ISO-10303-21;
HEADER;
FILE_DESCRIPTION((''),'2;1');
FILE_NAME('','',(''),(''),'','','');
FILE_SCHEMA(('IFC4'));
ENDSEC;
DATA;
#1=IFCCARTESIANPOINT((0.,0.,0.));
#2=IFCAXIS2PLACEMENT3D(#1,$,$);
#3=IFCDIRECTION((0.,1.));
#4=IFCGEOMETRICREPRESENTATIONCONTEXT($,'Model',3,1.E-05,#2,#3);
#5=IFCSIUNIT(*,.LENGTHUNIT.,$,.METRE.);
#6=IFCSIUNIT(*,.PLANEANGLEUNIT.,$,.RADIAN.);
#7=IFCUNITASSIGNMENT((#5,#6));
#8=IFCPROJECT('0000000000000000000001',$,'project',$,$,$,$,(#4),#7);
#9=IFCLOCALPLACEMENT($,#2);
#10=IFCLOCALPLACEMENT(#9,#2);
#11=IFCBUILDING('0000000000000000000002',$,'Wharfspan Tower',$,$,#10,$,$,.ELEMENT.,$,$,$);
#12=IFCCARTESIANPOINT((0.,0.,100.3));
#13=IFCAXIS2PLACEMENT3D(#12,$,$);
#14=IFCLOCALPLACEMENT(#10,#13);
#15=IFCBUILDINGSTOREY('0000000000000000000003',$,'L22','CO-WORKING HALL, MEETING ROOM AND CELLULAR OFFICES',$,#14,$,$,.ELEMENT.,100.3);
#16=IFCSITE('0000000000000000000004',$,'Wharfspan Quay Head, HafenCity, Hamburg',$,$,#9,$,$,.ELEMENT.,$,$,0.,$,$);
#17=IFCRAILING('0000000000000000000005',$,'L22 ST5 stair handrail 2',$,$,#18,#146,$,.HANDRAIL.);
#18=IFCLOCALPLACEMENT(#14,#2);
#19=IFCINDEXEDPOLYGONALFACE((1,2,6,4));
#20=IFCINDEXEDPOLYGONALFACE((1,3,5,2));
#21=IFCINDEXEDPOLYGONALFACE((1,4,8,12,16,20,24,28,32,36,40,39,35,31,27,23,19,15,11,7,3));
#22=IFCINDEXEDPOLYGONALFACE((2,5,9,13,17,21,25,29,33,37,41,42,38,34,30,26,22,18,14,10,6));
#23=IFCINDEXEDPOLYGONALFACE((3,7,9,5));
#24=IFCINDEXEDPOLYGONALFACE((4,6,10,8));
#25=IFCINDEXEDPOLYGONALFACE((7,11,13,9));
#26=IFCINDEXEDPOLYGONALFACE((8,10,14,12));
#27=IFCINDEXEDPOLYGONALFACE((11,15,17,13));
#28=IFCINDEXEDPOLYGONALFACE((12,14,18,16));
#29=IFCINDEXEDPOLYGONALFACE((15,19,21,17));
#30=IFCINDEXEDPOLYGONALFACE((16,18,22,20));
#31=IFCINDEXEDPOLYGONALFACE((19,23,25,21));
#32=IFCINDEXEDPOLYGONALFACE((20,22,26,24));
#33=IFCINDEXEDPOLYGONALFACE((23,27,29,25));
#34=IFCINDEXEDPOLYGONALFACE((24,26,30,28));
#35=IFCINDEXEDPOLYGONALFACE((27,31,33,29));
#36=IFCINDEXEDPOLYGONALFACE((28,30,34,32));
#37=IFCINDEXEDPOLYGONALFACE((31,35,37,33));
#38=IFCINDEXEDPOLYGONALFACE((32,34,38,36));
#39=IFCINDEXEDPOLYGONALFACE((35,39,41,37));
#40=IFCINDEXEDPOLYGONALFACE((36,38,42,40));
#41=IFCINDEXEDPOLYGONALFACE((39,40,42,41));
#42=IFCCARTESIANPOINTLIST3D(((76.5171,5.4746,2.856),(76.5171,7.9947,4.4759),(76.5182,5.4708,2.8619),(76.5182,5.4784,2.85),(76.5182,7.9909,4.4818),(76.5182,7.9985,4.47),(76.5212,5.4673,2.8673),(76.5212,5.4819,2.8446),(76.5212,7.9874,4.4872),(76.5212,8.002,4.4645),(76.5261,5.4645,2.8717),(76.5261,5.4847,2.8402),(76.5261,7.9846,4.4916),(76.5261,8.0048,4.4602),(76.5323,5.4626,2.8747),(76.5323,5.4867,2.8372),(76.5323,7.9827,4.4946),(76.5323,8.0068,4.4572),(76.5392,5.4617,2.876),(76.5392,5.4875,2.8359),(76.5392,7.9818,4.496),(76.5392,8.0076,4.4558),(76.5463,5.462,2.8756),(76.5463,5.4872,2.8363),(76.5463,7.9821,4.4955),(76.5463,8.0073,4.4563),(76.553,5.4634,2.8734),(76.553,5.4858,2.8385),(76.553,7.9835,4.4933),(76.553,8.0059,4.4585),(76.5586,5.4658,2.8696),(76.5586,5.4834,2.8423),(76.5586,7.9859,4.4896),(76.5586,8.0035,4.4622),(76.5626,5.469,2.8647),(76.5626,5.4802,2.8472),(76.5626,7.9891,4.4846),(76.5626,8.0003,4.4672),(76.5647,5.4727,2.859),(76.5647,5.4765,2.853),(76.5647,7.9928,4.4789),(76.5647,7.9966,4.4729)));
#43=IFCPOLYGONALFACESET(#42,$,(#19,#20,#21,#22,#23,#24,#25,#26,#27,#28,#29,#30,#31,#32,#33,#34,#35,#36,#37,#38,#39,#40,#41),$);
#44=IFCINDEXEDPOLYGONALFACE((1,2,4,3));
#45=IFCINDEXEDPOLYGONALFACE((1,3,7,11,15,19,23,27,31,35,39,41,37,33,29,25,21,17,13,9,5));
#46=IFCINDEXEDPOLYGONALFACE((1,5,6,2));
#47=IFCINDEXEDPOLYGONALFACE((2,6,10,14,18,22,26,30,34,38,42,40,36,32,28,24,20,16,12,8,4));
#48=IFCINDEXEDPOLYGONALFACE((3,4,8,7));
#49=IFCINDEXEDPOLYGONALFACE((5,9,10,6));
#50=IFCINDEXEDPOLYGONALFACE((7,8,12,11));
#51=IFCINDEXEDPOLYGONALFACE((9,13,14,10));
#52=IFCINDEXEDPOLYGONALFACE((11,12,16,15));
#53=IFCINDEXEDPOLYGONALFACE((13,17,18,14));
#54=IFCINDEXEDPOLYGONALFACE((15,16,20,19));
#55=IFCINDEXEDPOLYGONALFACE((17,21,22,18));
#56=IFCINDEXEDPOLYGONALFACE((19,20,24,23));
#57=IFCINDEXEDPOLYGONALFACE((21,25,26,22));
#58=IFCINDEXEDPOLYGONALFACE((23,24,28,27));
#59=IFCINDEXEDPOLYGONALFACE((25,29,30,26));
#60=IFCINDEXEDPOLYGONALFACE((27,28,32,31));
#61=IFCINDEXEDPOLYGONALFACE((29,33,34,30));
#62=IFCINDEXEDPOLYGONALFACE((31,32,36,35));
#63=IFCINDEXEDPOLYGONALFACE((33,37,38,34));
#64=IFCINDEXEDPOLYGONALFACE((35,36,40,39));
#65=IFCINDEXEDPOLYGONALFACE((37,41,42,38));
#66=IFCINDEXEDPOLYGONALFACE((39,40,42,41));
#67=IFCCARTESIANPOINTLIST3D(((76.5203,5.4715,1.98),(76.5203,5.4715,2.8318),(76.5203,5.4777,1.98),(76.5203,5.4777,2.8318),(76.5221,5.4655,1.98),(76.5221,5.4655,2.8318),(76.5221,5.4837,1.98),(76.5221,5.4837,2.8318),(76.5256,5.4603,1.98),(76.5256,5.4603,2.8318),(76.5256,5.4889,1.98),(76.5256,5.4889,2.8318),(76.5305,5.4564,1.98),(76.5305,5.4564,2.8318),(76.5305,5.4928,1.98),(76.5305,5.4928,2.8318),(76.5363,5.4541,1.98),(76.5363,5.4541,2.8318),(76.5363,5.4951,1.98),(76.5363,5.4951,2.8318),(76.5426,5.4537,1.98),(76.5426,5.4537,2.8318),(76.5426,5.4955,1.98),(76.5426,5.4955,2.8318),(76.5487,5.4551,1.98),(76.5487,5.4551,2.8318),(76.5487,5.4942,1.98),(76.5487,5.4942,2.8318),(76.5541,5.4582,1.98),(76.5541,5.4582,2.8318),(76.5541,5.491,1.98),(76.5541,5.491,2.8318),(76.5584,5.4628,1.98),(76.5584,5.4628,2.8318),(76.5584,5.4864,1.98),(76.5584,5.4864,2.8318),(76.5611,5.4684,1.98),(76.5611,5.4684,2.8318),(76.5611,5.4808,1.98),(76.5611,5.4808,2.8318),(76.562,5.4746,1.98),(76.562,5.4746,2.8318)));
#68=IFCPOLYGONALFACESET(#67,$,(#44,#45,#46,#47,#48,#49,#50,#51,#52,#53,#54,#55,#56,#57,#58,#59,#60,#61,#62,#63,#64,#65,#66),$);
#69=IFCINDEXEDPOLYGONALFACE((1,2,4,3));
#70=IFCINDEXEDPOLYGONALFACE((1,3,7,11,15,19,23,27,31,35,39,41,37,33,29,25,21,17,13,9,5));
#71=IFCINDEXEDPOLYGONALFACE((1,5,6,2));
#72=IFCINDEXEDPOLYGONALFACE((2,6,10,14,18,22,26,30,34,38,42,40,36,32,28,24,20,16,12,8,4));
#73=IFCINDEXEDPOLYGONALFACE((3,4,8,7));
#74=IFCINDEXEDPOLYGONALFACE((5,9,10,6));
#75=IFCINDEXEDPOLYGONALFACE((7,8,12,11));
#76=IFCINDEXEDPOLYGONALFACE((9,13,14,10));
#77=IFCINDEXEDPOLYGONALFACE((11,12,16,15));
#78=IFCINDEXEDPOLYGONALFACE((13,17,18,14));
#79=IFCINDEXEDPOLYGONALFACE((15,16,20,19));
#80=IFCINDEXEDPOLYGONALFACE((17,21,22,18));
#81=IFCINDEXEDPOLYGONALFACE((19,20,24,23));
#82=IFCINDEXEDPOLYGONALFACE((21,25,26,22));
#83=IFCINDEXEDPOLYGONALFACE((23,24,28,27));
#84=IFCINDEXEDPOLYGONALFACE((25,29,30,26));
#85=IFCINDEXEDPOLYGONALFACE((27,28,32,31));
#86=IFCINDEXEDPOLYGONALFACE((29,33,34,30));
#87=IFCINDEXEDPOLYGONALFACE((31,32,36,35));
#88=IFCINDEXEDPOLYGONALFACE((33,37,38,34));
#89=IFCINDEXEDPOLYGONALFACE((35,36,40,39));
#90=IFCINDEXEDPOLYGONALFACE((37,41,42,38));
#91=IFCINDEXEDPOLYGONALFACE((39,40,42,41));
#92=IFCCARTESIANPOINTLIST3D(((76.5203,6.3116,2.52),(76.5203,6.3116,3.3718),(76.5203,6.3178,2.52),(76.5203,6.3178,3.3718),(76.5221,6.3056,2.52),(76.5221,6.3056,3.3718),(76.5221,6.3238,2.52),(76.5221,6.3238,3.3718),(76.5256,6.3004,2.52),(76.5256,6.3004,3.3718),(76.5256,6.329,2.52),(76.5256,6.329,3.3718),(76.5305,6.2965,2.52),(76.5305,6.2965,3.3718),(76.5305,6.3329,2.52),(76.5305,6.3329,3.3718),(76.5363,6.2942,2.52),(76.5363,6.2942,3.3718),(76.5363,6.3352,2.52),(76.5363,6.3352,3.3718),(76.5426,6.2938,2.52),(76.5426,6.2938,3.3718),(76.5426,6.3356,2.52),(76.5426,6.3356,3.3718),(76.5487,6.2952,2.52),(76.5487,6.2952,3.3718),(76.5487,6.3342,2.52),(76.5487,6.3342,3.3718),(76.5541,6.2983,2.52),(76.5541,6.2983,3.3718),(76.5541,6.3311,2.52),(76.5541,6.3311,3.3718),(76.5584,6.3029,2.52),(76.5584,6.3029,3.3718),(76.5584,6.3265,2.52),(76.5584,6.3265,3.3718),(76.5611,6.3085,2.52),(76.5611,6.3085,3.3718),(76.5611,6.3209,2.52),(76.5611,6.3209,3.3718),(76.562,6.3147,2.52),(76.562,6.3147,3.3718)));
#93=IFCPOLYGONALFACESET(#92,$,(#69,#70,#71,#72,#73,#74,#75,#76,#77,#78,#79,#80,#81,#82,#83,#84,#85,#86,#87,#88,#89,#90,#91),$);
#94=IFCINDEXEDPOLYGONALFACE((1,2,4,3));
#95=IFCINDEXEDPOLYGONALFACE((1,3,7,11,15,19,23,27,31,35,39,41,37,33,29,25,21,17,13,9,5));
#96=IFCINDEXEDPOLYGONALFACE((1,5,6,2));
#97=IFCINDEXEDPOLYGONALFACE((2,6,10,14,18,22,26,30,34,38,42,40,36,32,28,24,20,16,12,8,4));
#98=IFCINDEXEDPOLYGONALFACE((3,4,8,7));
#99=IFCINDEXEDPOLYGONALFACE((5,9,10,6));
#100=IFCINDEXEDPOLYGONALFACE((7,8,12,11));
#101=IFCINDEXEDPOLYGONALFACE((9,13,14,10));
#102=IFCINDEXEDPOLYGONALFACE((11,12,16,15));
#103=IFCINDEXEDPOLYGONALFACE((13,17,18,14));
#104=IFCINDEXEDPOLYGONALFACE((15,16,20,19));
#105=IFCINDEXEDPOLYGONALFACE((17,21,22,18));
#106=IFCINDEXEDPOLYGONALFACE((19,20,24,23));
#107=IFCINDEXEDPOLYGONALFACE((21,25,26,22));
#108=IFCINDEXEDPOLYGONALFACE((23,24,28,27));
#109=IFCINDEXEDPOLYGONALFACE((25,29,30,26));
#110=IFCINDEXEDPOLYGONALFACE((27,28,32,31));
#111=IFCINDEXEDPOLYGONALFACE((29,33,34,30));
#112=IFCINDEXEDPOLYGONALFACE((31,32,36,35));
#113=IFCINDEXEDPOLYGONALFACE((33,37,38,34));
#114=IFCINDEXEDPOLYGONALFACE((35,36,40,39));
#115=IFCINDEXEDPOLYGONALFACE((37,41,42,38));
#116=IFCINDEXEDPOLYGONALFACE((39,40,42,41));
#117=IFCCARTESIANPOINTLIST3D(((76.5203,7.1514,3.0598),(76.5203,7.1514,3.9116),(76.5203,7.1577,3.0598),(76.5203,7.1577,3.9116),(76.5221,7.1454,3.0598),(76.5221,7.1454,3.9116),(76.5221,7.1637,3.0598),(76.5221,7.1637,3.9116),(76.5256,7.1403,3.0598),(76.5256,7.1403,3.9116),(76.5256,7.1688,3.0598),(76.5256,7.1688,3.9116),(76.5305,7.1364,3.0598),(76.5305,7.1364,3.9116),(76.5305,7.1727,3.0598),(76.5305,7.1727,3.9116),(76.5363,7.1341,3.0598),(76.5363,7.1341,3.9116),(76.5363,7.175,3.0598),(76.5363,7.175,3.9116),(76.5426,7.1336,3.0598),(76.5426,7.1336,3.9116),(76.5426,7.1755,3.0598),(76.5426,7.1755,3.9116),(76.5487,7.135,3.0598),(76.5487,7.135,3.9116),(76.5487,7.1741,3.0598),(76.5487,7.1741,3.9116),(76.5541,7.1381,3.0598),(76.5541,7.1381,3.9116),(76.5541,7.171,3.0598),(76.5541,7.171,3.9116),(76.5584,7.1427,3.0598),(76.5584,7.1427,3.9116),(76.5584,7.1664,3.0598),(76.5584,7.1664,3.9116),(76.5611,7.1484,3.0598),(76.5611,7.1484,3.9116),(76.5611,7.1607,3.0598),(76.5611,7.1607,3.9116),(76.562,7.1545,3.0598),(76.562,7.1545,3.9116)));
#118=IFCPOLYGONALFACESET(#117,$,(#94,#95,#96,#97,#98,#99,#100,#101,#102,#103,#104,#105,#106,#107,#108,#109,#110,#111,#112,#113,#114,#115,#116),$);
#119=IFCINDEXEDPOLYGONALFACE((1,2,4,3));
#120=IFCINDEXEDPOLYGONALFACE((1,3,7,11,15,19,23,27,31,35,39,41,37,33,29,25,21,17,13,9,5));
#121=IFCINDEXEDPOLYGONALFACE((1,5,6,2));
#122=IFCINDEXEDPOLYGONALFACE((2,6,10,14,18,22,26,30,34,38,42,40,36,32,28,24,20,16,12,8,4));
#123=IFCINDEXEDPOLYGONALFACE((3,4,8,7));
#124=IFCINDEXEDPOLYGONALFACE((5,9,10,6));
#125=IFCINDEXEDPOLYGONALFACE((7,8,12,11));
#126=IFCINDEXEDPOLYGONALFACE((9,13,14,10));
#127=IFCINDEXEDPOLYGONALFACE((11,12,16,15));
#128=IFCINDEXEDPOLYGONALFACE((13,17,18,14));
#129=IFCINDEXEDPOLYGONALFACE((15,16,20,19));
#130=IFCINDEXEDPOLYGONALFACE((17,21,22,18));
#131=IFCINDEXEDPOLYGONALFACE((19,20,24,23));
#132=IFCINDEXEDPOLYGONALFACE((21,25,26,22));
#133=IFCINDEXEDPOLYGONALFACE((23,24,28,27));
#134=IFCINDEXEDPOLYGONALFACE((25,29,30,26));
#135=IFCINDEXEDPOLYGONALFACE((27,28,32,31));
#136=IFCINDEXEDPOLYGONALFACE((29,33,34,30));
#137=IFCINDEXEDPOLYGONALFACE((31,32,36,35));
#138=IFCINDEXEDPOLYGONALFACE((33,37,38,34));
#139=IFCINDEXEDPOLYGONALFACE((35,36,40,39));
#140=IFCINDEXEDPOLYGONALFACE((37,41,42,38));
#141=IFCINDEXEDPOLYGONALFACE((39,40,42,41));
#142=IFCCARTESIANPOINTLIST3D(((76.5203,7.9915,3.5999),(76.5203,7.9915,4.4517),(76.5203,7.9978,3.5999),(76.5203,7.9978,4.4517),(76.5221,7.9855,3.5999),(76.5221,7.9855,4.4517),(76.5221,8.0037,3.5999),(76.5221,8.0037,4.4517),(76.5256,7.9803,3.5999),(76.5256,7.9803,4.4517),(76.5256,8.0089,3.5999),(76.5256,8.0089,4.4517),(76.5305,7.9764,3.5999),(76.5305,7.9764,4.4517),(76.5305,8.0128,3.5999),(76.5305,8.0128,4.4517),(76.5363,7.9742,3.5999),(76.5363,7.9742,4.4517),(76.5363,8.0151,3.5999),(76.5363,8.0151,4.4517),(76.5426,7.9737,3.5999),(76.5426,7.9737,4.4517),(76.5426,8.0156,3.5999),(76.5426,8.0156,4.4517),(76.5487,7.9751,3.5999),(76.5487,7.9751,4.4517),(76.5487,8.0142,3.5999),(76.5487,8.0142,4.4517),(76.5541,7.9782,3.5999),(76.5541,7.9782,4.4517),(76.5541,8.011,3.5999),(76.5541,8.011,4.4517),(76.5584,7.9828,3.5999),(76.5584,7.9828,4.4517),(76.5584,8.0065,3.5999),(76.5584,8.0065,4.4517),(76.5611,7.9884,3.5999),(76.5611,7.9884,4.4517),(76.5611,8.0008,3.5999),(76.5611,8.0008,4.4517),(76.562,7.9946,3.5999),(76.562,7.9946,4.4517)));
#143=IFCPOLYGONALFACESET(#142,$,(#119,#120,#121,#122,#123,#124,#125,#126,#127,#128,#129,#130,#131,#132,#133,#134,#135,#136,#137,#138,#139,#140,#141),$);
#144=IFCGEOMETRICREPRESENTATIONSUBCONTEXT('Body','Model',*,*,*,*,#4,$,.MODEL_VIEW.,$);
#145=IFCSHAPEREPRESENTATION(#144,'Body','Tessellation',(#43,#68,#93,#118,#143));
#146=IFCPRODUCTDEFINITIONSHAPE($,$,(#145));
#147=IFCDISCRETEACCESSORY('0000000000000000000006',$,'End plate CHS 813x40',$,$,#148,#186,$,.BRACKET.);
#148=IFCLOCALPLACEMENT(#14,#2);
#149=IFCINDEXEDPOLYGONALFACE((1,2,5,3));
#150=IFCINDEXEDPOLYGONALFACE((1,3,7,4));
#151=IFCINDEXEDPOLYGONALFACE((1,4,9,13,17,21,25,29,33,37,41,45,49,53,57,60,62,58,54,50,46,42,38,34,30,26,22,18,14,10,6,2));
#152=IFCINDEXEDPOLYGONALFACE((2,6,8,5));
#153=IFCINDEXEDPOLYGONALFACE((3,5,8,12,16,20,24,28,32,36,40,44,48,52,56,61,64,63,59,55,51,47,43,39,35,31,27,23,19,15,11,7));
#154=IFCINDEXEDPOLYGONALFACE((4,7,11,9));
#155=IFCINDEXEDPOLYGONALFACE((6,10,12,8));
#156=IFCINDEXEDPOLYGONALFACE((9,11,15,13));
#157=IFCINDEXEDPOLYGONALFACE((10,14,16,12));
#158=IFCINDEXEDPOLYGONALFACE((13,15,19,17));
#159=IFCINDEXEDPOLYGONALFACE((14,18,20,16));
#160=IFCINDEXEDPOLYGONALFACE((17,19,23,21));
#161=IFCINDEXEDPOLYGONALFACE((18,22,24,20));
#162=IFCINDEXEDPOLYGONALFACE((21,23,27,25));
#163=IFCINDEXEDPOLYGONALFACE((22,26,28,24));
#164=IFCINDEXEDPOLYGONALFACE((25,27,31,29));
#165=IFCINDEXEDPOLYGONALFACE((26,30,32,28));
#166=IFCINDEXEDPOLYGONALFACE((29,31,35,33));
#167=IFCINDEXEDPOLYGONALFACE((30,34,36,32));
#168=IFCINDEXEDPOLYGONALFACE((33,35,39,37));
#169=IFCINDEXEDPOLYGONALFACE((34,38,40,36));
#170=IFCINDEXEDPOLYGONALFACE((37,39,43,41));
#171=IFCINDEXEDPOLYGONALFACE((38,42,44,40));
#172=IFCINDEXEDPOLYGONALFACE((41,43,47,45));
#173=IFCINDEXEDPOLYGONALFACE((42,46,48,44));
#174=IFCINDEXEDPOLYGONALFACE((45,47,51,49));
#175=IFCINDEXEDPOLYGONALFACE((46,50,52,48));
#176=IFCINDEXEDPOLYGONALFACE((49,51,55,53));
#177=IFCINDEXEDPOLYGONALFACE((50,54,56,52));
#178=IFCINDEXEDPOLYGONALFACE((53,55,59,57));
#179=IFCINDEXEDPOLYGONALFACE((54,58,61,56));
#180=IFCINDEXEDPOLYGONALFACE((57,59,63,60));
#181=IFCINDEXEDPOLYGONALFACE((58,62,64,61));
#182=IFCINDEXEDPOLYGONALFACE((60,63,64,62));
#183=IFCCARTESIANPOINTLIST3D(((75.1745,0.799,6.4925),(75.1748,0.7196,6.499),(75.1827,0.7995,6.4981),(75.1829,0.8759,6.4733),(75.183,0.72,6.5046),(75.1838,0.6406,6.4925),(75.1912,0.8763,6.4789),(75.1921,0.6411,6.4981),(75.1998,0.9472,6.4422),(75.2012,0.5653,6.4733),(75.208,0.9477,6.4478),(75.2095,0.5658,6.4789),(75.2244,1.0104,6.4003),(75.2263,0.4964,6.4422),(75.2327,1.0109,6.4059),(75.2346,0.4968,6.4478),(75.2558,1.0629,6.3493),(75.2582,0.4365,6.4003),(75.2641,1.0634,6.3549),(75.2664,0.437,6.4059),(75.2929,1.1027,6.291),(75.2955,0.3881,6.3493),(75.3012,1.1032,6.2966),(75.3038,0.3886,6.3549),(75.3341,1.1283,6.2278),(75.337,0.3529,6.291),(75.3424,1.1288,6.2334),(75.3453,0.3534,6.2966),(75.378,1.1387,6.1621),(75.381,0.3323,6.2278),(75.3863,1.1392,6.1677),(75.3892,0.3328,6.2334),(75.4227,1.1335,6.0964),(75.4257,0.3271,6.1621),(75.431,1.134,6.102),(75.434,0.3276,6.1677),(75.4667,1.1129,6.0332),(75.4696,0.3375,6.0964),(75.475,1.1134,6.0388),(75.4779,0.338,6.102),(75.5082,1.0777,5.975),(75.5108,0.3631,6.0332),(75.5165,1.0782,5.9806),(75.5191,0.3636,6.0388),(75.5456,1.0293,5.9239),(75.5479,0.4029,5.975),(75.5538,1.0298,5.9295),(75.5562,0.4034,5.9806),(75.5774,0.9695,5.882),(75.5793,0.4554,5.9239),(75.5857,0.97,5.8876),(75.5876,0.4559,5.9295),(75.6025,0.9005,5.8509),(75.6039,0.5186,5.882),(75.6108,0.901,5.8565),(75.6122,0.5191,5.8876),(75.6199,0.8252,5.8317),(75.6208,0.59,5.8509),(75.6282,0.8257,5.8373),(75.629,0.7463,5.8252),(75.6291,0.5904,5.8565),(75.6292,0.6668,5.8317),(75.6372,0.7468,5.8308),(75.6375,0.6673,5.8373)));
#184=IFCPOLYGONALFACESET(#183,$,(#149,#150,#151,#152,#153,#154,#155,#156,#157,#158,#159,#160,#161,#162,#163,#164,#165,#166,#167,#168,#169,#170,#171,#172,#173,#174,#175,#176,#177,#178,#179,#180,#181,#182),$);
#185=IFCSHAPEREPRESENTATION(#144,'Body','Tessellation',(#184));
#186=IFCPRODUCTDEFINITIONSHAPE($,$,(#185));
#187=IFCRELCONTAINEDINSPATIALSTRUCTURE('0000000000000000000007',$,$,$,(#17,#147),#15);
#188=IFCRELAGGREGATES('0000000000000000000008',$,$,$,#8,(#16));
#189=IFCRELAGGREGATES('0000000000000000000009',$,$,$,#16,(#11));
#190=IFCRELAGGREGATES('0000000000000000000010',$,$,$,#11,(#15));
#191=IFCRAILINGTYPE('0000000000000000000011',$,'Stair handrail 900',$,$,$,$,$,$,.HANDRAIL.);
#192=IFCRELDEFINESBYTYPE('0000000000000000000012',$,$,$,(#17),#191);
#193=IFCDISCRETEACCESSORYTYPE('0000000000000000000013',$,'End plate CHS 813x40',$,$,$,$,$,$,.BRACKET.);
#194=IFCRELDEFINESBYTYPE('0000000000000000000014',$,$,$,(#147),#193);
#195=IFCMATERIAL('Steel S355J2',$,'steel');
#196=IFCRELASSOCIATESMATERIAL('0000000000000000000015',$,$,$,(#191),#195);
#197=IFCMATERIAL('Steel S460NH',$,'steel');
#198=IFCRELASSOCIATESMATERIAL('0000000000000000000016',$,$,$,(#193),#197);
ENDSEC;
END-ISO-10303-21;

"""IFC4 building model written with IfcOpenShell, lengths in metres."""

from ifc_helpers import new_model, si_unit, direction, frame, origin, origin_2d, place, context, subcontext, project, spatial, circle, extrude, material, material_profile, profile_set, type_object, element, save


model = new_model("IFC4")

# Units and contexts
model_context = context("Model", 3, precision=1e-05, world=origin(), true_north=direction((0.0, 1.0)))
body_context = subcontext(model_context, "Body", "Model", "MODEL_VIEW")
ifc_project = project(units=[si_unit("LENGTHUNIT", "METRE"), si_unit("PLANEANGLEUNIT", "RADIAN")], contexts=[model_context])

# Site, building, storey
site_placement = place(None, origin())
site = spatial("IfcSite", under=ifc_project, at=site_placement, Name="Wharfspan Quay Head, HafenCity, Hamburg", CompositionType="ELEMENT", RefElevation=0.0)
building_placement = place(site_placement, origin())
building = spatial("IfcBuilding", under=site, at=building_placement, Name="Wharfspan Tower", CompositionType="ELEMENT")
storey_placement = place(building_placement, frame((0.0, 0.0, 100.3)))
storey = spatial("IfcBuildingStorey", under=building, at=storey_placement, Name="L22", Description="CO-WORKING HALL, MEETING ROOM AND CELLULAR OFFICES", CompositionType="ELEMENT", Elevation=100.3)

# Shared definitions
ifc_material_1 = material(Name="Steel S355J2", Category="steel")

# Shared definitions
ifc_material_2 = material(Name="Steel S460NH", Category="steel")

# Railing
railing_type_1 = type_object("IfcRailingType", Name="Stair handrail 900", PredefinedType="HANDRAIL", material=ifc_material_1)
railing_1_placement = place(storey_placement, frame((76.541, 5.4746, 1.98)))
element("IfcRailing", 1, at=railing_1_placement, inside=storey, type_object=railing_type_1, Name="L22 ST5 stair handrail 2", PredefinedType="HANDRAIL", context=body_context, shape_type="SweptSolid", body=[
    extrude(circle(Radius=0.0239, at=origin_2d()), frame((0.0, 0.0, 0.876), z_axis=(0.0, 0.8412, 0.540725), x_axis=(-1.0, 0.0, 0.0)), (0.0, 0.0, 1.0), 2.9958),
    extrude(circle(Radius=0.021, at=origin_2d()), origin(), (0.0, 0.0, 1.0), 0.8518),
    extrude(circle(Radius=0.021, at=origin_2d()), frame((0.0, 0.8401, 0.54)), (0.0, 0.0, 1.0), 0.8518),
    extrude(circle(Radius=0.021, at=origin_2d()), frame((0.0, 1.6799, 1.0798)), (0.0, 0.0, 1.0), 0.8518),
    extrude(circle(Radius=0.021, at=origin_2d()), frame((0.0, 2.52, 1.6199)), (0.0, 0.0, 1.0), 0.8518),
])

# Discrete accessory
ifc_material_profile_1 = material_profile(ifc_material_2, circle(Radius=0.4065, at=origin_2d()))
ifc_profile_set_1 = profile_set([ifc_material_profile_1], Name="Steel S460NH")
discrete_accessory_type = type_object("IfcDiscreteAccessoryType", Name="End plate CHS 813x40", PredefinedType="BRACKET", material=ifc_profile_set_1)
discrete_accessory_1_placement = place(storey_placement, frame((75.4019, 0.7329, 6.1621), z_axis=(0.827302, 0.048665, 0.559645), x_axis=(-0.058723, 0.998276, 0.000001)))
element("IfcDiscreteAccessory", 2, at=discrete_accessory_1_placement, inside=storey, type_object=discrete_accessory_type, Name="End plate CHS 813x40", PredefinedType="BRACKET", context=body_context, shape_type="SweptSolid", body=[
    extrude(circle(Radius=0.4065, at=origin_2d()), origin(), (0.0, 0.0, 1.0), 0.01),
])

save(model, "model.ifc")
